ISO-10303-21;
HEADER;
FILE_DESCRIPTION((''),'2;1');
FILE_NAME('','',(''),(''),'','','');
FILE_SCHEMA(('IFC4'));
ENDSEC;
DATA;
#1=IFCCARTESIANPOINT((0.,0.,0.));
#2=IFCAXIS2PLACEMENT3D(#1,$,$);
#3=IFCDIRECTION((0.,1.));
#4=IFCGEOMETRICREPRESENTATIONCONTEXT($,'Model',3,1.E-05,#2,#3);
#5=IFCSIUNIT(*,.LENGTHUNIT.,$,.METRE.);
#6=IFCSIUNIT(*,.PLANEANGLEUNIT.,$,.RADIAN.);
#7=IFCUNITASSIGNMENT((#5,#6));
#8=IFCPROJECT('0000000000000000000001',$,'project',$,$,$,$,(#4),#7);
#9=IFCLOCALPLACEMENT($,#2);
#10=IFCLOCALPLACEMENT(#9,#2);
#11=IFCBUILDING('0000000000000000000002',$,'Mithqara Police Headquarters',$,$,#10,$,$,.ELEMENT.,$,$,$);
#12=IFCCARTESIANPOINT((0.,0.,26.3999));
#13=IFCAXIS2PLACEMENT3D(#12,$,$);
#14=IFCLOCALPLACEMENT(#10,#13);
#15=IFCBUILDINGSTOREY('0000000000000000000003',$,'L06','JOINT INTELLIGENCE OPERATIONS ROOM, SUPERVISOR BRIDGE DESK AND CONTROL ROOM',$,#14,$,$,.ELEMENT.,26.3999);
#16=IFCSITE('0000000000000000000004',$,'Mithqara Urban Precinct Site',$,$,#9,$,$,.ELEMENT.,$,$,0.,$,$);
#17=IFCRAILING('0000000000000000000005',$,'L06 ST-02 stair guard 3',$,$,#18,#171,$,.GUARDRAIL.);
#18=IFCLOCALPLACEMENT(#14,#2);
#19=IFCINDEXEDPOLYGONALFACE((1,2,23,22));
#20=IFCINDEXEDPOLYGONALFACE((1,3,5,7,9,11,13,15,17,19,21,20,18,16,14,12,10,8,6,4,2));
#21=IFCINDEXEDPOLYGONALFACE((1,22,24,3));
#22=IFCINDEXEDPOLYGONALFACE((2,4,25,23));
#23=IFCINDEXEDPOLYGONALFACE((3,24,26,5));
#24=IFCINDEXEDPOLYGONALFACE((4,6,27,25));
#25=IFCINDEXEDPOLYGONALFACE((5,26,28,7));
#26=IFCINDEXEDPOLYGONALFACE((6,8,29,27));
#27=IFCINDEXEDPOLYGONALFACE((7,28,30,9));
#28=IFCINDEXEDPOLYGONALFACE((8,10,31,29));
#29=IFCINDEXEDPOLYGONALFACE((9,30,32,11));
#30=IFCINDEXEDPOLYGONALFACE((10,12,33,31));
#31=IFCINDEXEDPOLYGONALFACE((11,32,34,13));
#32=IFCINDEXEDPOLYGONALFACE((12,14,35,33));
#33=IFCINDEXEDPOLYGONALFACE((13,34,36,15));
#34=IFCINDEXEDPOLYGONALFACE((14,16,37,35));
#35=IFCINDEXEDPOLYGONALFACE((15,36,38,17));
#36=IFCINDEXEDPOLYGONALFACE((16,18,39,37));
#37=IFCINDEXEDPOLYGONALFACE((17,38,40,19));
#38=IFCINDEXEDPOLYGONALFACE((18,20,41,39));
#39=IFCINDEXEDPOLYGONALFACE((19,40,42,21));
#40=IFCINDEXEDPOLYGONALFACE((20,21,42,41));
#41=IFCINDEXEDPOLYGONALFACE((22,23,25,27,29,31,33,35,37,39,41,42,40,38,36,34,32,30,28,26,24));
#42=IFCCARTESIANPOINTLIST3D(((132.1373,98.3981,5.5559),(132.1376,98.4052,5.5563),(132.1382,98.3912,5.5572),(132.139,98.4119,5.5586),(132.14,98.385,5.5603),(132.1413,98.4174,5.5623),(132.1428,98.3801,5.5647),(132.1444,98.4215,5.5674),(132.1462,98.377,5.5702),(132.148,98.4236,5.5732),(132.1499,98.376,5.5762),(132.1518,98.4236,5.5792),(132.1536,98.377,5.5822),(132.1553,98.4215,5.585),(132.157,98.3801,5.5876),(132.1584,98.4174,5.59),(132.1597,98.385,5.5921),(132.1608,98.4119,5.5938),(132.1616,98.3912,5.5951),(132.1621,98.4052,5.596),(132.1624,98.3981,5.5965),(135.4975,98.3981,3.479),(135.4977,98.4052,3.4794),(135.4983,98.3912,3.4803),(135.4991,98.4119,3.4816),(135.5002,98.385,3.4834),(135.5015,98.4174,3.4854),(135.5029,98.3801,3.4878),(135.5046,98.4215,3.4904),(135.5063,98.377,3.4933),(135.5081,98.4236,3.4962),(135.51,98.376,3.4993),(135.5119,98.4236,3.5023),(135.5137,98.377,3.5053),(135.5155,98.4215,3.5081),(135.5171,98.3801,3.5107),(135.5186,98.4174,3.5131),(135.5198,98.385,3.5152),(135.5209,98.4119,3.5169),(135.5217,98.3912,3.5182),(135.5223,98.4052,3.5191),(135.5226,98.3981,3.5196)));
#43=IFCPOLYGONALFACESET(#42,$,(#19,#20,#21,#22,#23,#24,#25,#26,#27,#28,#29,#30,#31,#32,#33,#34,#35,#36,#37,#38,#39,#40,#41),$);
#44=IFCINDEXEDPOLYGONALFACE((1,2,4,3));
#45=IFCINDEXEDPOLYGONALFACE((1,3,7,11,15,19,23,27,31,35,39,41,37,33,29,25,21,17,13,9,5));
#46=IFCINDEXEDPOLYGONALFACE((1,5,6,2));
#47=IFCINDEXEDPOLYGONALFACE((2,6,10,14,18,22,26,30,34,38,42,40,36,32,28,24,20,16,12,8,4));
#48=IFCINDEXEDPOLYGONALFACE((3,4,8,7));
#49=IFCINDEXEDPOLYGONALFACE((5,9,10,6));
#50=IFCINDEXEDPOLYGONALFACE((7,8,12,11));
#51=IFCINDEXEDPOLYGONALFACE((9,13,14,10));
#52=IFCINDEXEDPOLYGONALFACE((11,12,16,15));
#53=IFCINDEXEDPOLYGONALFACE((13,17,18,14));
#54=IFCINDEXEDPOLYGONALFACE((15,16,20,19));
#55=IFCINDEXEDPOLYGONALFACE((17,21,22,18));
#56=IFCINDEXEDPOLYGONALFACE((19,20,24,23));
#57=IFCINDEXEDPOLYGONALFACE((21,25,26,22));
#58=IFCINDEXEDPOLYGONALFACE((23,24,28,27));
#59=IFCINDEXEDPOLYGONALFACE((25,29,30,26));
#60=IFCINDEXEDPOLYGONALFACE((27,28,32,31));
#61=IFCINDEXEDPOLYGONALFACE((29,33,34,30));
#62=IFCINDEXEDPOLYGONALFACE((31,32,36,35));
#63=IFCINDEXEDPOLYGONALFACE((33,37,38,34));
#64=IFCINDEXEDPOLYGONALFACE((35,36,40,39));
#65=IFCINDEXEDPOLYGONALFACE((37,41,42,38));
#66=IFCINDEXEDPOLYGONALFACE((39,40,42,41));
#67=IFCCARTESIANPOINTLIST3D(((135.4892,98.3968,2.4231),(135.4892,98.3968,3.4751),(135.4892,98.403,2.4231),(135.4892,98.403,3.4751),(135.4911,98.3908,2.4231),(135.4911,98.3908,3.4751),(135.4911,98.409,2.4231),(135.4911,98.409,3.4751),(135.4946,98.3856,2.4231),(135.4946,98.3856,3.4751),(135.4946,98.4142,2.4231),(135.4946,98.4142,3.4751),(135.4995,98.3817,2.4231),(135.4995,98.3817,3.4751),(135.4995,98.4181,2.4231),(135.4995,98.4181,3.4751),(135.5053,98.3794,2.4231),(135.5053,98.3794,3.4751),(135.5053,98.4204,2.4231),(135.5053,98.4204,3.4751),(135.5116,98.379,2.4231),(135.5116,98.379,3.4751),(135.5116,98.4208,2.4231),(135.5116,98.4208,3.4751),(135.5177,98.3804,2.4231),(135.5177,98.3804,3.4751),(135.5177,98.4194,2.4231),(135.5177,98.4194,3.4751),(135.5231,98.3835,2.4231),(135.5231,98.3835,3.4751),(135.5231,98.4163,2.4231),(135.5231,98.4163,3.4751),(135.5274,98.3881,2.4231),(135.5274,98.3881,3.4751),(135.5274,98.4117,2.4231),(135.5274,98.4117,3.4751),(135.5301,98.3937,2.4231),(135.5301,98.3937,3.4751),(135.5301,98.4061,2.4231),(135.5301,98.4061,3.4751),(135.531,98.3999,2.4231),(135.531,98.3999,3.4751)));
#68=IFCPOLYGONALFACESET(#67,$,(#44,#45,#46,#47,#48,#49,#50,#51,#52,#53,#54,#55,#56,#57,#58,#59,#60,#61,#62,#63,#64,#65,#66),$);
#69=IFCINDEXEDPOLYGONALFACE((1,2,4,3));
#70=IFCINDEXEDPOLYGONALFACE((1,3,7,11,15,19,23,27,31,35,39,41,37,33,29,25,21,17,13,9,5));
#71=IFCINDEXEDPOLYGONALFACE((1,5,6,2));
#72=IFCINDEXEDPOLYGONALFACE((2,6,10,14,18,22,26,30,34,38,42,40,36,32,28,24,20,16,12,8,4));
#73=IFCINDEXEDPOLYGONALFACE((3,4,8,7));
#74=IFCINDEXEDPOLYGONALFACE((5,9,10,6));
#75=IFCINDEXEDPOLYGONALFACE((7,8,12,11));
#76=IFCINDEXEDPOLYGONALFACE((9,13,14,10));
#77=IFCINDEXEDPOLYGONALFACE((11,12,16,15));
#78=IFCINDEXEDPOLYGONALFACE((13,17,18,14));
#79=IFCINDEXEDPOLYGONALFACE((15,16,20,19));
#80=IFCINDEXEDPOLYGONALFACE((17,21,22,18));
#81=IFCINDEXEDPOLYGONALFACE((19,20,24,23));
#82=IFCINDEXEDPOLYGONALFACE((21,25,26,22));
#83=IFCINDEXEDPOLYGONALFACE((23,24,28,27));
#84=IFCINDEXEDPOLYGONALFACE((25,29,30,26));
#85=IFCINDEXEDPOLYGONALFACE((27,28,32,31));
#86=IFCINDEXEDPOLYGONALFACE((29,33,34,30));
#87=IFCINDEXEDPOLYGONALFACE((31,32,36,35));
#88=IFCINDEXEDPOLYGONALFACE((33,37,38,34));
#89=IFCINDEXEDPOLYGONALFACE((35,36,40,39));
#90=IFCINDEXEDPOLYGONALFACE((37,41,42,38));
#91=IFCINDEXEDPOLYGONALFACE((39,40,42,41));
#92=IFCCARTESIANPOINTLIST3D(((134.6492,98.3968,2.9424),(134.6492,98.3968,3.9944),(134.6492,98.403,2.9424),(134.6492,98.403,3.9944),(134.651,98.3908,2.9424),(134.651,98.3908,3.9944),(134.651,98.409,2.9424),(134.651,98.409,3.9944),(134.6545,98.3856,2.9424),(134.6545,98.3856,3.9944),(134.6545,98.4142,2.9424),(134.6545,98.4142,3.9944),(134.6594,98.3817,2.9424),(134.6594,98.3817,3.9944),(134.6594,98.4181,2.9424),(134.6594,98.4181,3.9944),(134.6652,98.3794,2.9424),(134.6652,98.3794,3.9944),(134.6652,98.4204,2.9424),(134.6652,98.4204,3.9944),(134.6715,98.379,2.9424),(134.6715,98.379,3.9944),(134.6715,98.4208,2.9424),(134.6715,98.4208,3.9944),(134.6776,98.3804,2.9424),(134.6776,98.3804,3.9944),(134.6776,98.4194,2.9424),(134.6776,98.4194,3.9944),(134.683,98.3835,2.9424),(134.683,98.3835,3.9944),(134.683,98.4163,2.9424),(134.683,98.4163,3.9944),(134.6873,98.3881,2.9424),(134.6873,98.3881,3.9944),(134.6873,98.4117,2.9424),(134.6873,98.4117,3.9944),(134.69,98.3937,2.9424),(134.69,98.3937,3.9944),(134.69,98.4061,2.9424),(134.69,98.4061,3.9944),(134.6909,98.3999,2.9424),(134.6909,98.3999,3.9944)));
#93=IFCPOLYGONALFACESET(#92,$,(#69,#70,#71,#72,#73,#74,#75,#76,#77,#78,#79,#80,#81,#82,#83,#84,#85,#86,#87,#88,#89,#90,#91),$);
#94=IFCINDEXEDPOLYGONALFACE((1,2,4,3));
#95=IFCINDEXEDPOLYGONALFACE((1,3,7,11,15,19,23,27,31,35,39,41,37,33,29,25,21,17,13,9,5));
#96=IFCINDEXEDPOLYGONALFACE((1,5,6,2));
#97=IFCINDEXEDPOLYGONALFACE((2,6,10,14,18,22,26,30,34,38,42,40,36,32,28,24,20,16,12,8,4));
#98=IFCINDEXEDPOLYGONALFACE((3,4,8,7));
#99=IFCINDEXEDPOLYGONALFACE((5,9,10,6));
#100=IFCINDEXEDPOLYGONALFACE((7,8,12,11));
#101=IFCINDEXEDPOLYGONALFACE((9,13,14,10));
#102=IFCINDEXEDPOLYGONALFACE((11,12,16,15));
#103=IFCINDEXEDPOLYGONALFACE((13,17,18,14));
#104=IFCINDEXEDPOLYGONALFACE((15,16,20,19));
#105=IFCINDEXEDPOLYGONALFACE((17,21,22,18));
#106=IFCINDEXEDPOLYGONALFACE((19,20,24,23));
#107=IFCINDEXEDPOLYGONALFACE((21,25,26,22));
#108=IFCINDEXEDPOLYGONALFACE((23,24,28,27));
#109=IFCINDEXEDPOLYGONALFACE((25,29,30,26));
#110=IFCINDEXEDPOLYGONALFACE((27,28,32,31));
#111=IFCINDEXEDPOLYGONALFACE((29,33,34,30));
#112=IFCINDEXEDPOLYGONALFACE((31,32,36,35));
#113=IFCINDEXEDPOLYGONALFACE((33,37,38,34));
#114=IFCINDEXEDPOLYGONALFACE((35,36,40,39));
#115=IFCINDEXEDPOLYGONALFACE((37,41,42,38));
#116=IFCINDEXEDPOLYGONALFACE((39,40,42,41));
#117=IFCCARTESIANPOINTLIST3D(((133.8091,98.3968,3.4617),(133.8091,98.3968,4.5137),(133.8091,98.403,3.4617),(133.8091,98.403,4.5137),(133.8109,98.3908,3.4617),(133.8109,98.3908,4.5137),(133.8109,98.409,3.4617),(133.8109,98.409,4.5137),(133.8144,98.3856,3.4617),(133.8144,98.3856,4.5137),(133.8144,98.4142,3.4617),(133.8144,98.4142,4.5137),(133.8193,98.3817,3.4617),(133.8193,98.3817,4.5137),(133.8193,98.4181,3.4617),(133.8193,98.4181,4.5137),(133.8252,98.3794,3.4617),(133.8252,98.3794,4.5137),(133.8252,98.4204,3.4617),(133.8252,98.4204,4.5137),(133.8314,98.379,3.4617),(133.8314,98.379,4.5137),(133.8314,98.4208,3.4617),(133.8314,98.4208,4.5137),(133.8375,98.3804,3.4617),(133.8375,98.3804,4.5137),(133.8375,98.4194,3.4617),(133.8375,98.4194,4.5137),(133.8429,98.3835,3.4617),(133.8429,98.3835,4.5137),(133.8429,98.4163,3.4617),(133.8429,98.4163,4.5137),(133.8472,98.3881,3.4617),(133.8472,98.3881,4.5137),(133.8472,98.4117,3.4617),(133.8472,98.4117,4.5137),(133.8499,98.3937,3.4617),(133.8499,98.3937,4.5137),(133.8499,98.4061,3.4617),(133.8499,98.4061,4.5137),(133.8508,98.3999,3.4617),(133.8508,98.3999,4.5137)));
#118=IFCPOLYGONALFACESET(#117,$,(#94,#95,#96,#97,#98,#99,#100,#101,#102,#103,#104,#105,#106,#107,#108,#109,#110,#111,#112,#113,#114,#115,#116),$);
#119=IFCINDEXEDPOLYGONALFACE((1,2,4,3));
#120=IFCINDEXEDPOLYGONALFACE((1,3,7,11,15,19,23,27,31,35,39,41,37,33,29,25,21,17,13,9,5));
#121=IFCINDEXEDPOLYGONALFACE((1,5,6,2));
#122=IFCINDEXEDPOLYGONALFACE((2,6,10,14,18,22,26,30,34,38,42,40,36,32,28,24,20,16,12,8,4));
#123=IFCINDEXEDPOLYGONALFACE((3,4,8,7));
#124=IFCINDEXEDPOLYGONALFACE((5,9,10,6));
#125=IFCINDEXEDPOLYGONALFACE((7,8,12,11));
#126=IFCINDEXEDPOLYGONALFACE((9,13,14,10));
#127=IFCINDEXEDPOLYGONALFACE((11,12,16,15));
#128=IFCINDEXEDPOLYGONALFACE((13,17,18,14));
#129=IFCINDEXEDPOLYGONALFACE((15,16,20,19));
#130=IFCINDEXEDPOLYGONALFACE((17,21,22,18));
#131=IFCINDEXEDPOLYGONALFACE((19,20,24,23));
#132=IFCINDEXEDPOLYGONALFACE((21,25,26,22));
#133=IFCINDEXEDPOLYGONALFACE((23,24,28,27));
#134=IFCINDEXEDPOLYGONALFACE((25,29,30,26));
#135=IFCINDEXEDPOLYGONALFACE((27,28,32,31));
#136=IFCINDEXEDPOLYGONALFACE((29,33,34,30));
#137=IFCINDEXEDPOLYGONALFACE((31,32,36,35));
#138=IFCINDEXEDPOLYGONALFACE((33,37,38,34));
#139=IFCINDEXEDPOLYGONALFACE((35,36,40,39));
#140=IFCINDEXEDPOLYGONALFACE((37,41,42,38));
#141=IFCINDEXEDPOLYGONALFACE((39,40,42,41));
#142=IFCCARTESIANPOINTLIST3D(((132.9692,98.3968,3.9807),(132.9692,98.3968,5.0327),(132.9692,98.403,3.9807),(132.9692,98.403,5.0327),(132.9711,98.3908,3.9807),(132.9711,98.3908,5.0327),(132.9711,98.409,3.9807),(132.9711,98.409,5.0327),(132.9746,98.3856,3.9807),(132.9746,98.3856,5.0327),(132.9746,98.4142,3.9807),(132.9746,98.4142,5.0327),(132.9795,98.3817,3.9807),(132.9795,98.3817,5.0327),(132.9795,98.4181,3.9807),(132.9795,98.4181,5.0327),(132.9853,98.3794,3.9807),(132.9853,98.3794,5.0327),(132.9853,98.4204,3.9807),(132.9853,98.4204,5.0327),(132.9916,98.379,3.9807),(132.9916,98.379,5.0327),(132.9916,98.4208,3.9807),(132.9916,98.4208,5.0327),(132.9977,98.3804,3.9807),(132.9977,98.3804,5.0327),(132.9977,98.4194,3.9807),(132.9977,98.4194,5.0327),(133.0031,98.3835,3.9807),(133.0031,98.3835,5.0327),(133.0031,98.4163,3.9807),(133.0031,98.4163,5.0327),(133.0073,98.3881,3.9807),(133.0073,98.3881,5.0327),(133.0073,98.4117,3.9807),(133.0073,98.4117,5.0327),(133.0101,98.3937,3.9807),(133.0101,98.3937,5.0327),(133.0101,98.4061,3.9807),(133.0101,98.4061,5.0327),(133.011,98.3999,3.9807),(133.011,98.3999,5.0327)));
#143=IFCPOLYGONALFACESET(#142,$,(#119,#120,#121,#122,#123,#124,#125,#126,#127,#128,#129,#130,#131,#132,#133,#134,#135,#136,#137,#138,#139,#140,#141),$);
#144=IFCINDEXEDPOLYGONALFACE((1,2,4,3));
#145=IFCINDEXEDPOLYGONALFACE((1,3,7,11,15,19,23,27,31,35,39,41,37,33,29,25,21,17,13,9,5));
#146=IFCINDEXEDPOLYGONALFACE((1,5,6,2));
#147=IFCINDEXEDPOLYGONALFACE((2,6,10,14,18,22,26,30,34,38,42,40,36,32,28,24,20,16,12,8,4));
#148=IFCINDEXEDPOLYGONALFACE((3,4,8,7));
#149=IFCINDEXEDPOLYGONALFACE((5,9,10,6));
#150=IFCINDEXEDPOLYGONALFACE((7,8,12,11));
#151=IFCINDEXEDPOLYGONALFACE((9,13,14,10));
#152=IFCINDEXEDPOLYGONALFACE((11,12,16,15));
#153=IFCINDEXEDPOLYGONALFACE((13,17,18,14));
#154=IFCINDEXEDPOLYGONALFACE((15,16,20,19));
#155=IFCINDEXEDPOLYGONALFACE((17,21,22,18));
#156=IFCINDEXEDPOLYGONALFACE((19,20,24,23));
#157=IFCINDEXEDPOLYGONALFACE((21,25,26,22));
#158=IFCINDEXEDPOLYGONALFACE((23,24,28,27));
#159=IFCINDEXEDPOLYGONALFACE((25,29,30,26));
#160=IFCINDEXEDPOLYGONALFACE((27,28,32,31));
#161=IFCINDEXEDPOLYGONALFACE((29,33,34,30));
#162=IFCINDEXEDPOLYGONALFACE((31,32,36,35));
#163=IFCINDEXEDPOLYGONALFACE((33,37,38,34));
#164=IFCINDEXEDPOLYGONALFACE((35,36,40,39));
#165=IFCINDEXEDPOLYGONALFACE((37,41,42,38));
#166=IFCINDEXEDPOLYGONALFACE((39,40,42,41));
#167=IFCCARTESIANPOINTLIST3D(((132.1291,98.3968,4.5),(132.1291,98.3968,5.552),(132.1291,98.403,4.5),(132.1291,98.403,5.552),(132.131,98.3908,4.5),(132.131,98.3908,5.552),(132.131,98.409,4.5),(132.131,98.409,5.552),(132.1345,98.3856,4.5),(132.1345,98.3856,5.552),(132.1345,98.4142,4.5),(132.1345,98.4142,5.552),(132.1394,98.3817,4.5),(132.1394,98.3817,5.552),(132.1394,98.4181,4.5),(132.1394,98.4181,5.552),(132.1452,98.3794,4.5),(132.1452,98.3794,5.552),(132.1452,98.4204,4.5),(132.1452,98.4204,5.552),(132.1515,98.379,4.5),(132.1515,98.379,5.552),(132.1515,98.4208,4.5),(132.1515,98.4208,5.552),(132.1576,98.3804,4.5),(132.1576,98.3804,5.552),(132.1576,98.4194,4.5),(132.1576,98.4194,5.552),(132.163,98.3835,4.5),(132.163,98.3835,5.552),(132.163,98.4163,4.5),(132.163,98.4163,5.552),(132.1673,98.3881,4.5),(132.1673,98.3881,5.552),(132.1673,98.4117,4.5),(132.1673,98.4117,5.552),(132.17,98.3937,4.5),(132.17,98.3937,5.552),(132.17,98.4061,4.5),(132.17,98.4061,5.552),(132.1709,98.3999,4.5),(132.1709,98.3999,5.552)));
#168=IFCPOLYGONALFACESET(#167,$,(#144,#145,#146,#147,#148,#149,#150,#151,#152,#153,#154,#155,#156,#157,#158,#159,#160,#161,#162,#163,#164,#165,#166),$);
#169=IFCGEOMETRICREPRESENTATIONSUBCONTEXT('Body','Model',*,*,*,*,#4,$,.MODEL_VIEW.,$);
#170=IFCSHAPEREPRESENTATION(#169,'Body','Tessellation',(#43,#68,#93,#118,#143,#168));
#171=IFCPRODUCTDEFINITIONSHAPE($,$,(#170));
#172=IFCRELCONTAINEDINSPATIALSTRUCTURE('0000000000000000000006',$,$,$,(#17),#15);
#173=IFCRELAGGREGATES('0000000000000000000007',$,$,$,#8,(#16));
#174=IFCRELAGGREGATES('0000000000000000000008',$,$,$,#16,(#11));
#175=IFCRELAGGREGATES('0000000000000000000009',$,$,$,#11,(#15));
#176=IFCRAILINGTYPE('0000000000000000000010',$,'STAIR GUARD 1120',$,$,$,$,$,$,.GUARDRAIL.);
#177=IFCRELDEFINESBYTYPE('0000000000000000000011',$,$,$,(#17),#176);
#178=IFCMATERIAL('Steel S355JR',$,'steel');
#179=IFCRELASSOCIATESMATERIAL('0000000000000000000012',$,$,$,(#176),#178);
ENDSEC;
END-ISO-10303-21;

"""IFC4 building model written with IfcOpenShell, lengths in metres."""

from ifc_helpers import new_model, si_unit, direction, frame, origin, origin_2d, place, context, subcontext, project, spatial, circle, extrude, material, type_object, element, save


model = new_model("IFC4")

# Units and contexts
model_context = context("Model", 3, precision=1e-05, world=origin(), true_north=direction((0.0, 1.0)))
body_context = subcontext(model_context, "Body", "Model", "MODEL_VIEW")
ifc_project = project(units=[si_unit("LENGTHUNIT", "METRE"), si_unit("PLANEANGLEUNIT", "RADIAN")], contexts=[model_context])

# Site, building, storey
site_placement = place(None, origin())
site = spatial("IfcSite", under=ifc_project, at=site_placement, Name="Mithqara Urban Precinct Site", CompositionType="ELEMENT", RefElevation=0.0)
building_placement = place(site_placement, origin())
building = spatial("IfcBuilding", under=site, at=building_placement, Name="Mithqara Police Headquarters", CompositionType="ELEMENT")
storey_placement = place(building_placement, frame((0.0, 0.0, 26.3999)))
storey = spatial("IfcBuildingStorey", under=building, at=storey_placement, Name="L06", Description="JOINT INTELLIGENCE OPERATIONS ROOM, SUPERVISOR BRIDGE DESK AND CONTROL ROOM", CompositionType="ELEMENT", Elevation=26.3999)

# Shared definitions
ifc_material_1 = material(Name="Steel S355JR", Category="steel")

# Railing
railing_type = type_object("IfcRailingType", Name="STAIR GUARD 1120", PredefinedType="GUARDRAIL", material=ifc_material_1)
railing_1_placement = place(storey_placement, frame((135.51, 98.3999, 2.4231)))
element("IfcRailing", 1, at=railing_1_placement, inside=storey, type_object=railing_type, Name="L06 ST-02 stair guard 3", PredefinedType="GUARDRAIL", context=body_context, shape_type="SweptSolid", body=[
    extrude(circle(Radius=0.0239, at=origin_2d()), frame((0.0, 0.0, 1.0762), z_axis=(-0.850623, 0.0, 0.525776), x_axis=(0.0, -1.0, 0.0)), (0.0, 0.0, 1.0), 3.9502),
    extrude(circle(Radius=0.021, at=origin_2d()), origin(), (0.0, 0.0, 1.0), 1.052),
    extrude(circle(Radius=0.021, at=origin_2d()), frame((-0.8401, 0.0, 0.5193)), (0.0, 0.0, 1.0), 1.052),
    extrude(circle(Radius=0.021, at=origin_2d()), frame((-1.6802, 0.0, 1.0386)), (0.0, 0.0, 1.0), 1.052),
    extrude(circle(Radius=0.021, at=origin_2d()), frame((-2.52, 0.0, 1.5576)), (0.0, 0.0, 1.0), 1.052),
    extrude(circle(Radius=0.021, at=origin_2d()), frame((-3.3601, 0.0, 2.0769)), (0.0, 0.0, 1.0), 1.052),
])

save(model, "model.ifc")
